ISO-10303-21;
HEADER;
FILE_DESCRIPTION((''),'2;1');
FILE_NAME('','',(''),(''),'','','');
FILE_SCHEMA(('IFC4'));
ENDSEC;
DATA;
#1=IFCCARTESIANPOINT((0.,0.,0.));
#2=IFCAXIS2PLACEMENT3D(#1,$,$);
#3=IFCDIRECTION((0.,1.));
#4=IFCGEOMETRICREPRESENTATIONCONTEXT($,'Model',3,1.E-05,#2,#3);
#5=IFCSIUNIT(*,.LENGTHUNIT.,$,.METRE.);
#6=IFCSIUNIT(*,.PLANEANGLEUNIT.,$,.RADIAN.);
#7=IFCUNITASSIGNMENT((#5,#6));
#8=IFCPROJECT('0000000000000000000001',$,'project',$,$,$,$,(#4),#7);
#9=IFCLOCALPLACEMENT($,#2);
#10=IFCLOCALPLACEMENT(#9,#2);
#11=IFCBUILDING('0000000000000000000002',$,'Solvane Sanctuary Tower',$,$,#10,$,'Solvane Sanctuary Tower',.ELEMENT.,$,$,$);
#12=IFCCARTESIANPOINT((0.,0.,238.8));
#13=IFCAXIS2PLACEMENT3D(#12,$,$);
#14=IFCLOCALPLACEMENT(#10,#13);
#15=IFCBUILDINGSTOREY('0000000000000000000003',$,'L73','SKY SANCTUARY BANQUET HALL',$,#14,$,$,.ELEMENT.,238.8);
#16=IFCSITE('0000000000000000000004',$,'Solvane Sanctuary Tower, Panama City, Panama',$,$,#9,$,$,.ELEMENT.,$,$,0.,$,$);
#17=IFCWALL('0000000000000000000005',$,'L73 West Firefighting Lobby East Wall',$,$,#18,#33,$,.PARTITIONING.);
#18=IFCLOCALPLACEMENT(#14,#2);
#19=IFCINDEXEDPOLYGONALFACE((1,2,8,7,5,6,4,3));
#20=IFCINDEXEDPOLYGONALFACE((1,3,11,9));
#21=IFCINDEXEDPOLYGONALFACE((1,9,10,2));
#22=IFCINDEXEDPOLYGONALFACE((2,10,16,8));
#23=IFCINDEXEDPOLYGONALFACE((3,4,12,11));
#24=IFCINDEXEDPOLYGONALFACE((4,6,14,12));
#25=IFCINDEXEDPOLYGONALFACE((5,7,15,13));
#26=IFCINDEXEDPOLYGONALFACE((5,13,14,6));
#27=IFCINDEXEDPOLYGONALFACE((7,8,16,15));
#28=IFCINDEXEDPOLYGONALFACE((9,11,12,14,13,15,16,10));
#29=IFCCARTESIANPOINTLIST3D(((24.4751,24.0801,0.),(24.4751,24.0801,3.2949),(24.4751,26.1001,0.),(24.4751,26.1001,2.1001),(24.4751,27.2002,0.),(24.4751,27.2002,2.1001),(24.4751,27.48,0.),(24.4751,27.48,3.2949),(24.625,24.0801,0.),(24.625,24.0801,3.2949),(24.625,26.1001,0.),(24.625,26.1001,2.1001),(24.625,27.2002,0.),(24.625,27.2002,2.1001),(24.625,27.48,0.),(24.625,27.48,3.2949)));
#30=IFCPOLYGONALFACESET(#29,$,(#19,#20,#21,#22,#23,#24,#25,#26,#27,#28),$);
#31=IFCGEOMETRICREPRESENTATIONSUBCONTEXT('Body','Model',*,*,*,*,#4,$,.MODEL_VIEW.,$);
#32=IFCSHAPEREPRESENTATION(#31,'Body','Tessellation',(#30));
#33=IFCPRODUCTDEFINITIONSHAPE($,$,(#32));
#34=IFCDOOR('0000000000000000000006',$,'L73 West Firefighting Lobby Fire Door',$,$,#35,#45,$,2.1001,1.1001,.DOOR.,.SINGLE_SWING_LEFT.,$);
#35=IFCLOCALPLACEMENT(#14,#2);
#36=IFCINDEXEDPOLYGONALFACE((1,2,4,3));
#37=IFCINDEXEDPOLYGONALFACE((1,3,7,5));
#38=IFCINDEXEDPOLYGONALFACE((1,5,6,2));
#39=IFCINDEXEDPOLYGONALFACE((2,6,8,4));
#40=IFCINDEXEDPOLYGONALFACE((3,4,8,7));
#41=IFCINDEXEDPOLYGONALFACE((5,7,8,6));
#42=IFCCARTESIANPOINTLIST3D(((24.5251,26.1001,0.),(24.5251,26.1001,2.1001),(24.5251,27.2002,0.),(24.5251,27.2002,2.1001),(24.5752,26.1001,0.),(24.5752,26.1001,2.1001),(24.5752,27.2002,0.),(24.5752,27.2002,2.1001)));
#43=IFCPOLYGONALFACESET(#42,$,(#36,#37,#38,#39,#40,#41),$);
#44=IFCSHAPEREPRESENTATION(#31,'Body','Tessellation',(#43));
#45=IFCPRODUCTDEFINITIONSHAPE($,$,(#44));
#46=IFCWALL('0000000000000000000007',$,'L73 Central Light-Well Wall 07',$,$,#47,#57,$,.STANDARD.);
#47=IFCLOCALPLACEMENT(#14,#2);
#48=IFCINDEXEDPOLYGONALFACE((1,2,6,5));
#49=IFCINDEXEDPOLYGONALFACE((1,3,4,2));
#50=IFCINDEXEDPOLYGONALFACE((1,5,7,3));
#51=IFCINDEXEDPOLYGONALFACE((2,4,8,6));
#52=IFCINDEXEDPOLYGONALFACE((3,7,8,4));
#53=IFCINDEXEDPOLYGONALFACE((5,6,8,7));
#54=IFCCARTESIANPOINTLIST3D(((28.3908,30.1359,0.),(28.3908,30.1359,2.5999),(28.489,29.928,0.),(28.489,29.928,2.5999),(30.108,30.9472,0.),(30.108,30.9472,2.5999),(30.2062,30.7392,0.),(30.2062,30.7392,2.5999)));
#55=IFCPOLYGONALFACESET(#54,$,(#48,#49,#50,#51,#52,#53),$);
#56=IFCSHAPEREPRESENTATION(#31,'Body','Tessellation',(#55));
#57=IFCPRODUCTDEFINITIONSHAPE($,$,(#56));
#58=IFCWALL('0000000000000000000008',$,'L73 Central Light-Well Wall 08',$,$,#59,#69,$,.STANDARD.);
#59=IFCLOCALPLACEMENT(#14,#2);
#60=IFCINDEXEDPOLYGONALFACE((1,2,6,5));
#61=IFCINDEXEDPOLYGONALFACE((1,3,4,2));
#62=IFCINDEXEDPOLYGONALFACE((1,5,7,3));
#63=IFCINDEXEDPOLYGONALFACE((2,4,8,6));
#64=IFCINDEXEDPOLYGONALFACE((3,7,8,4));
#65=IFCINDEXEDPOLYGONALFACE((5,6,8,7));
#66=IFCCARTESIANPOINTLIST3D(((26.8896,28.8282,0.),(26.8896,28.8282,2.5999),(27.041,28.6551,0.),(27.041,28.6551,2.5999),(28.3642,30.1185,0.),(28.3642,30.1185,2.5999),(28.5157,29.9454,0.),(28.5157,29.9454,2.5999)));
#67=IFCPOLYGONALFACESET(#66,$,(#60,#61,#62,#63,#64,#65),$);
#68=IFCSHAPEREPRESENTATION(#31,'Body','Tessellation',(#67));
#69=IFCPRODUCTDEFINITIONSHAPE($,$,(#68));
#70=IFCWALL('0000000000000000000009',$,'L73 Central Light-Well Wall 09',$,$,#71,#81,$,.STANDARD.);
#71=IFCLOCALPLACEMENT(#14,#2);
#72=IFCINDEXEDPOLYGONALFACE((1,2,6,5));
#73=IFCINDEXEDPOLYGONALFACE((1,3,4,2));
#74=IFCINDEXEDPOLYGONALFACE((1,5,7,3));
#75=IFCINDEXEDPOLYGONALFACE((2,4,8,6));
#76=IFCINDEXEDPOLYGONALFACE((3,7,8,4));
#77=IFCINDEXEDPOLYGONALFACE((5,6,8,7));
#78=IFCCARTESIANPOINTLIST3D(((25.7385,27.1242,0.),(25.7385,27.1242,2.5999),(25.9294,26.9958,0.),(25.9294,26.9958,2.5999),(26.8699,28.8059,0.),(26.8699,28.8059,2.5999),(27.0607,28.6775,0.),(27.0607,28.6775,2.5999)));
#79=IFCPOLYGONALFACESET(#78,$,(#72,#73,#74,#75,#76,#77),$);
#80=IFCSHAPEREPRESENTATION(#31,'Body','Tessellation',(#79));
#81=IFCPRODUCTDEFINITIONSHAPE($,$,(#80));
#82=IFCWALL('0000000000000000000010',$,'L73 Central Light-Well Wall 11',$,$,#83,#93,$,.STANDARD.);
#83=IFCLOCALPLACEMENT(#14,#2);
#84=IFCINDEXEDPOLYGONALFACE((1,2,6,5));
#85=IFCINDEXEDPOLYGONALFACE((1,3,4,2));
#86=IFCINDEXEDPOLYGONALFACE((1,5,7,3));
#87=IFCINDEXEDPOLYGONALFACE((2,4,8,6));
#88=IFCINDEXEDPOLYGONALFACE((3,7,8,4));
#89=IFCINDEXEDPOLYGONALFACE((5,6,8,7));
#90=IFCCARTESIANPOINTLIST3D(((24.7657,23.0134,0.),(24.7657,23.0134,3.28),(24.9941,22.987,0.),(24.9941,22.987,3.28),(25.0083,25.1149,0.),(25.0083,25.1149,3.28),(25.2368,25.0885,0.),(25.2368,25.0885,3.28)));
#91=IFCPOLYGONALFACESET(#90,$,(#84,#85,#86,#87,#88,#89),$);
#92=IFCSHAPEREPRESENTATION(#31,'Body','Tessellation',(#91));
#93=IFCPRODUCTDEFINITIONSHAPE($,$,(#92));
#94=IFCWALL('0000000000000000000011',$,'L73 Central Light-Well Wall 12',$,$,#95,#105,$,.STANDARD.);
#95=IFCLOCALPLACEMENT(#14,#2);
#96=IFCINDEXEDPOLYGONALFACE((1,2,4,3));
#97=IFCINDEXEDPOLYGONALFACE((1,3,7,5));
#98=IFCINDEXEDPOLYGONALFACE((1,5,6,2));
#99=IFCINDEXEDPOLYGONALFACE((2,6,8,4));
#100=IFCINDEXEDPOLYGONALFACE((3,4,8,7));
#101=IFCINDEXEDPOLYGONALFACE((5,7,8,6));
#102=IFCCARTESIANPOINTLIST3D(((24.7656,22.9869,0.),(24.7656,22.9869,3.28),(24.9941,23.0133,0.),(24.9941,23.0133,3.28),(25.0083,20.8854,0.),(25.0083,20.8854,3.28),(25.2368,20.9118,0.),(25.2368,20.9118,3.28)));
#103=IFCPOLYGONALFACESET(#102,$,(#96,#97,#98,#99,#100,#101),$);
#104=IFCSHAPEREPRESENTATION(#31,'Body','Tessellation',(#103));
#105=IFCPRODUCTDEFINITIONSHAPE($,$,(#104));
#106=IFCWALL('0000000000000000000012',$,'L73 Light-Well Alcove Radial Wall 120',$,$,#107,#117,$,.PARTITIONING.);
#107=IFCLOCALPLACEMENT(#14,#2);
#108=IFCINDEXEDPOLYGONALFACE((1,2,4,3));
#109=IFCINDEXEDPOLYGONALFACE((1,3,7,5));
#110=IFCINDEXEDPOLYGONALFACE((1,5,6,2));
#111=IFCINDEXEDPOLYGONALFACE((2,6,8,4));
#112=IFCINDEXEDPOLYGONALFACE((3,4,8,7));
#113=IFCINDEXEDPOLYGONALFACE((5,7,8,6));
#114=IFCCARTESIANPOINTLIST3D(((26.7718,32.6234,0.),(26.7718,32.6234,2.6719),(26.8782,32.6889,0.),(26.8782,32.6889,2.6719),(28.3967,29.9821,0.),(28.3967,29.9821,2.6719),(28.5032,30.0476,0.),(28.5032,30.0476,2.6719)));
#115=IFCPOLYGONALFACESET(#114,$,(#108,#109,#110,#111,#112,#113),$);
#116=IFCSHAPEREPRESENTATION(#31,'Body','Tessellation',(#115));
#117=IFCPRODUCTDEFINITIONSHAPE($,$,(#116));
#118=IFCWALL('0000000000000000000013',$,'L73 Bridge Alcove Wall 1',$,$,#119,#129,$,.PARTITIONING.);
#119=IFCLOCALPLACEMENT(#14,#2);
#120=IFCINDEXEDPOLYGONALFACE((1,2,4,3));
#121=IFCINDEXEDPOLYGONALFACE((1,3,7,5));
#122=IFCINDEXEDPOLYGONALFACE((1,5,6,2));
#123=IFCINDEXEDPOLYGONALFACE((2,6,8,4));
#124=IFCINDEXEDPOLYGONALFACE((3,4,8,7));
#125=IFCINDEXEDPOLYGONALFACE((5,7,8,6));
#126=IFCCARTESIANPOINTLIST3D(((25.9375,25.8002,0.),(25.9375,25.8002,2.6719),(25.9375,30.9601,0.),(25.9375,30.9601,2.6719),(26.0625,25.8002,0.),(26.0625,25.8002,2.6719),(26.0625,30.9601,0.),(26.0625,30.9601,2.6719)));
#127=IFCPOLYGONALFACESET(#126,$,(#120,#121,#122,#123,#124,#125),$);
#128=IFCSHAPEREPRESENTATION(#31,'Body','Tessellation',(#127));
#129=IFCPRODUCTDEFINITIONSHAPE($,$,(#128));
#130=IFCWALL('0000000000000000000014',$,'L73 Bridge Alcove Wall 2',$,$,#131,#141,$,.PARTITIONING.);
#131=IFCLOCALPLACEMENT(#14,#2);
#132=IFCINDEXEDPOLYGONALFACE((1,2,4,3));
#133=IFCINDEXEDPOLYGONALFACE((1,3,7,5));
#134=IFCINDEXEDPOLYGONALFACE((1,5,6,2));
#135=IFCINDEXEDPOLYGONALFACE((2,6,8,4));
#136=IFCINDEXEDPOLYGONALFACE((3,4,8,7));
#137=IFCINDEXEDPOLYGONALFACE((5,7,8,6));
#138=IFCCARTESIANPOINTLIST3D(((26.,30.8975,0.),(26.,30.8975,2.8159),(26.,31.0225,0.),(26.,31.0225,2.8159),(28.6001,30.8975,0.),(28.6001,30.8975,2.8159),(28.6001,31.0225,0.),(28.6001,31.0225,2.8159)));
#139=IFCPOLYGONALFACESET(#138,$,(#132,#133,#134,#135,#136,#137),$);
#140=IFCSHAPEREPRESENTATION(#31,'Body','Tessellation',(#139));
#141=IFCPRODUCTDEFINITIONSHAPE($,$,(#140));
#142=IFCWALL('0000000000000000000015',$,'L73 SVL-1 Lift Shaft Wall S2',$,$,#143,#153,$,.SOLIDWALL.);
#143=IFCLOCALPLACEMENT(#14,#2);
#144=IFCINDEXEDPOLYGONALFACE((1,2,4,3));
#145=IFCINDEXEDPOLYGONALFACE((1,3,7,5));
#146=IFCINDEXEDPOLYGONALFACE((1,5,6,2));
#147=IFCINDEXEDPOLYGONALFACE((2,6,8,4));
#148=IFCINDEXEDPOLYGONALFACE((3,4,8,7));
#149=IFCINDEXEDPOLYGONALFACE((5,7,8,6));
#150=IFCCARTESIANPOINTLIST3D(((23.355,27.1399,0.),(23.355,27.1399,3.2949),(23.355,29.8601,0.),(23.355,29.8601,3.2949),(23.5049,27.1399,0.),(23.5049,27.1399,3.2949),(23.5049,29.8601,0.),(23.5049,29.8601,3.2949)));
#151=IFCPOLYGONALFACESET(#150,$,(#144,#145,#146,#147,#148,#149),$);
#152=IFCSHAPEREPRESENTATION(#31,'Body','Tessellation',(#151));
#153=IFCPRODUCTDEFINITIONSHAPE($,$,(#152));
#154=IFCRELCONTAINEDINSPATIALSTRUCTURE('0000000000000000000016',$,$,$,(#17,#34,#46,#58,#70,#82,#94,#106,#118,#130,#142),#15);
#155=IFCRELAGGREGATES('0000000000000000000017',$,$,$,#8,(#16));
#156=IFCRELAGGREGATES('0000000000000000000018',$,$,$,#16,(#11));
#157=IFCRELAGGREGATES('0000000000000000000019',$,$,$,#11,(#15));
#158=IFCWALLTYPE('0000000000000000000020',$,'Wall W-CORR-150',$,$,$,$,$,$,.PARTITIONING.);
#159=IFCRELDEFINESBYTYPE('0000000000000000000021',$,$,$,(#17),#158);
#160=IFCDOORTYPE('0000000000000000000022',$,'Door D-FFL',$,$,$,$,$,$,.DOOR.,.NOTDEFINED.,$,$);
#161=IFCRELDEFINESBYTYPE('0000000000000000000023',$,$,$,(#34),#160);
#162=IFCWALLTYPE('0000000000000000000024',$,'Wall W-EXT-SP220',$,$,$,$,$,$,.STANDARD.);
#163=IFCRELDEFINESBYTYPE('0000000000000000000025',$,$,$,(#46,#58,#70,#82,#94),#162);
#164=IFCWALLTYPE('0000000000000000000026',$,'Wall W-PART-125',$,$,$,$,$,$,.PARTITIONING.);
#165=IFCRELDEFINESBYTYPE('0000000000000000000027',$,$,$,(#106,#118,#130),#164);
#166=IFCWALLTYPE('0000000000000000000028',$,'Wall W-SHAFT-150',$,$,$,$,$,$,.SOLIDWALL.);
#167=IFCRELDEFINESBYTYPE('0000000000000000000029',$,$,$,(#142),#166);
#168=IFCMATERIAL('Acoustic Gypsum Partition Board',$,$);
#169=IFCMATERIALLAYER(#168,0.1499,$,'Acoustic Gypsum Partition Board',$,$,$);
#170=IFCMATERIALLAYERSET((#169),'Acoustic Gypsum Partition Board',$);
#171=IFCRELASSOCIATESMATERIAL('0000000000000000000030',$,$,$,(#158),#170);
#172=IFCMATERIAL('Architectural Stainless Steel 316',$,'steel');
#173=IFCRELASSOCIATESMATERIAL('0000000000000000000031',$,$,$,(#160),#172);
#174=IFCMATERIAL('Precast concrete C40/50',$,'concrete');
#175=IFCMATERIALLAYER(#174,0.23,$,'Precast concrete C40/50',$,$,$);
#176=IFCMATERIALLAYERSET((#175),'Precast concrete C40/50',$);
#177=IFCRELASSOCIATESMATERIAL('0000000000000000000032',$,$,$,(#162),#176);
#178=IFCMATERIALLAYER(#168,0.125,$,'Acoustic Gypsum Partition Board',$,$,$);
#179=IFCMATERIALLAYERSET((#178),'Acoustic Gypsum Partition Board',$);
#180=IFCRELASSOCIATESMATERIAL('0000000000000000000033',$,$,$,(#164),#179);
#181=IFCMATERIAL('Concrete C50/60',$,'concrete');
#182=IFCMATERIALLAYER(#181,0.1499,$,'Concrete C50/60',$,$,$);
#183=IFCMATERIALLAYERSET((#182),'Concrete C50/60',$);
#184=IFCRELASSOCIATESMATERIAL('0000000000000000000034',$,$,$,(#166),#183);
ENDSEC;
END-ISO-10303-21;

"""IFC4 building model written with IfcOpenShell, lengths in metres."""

from ifc_helpers import new_model, si_unit, direction, frame, frame_2d, origin, place, context, subcontext, project, spatial, rectangle, extrude, material, layer, layer_set, type_object, element, fill, save


model = new_model("IFC4")

# Units and contexts
model_context = context("Model", 3, precision=1e-05, world=origin(), true_north=direction((0.0, 1.0)))
body_context = subcontext(model_context, "Body", "Model", "MODEL_VIEW")
ifc_project = project(units=[si_unit("LENGTHUNIT", "METRE"), si_unit("PLANEANGLEUNIT", "RADIAN")], contexts=[model_context])

# Site, building, storey
site_placement = place(None, origin())
site = spatial("IfcSite", under=ifc_project, at=site_placement, Name="Solvane Sanctuary Tower, Panama City, Panama", CompositionType="ELEMENT", RefElevation=0.0)
building_placement = place(site_placement, origin())
building = spatial("IfcBuilding", under=site, at=building_placement, Name="Solvane Sanctuary Tower", LongName="Solvane Sanctuary Tower", CompositionType="ELEMENT")
storey_placement = place(building_placement, frame((0.0, 0.0, 238.8)))
storey = spatial("IfcBuildingStorey", under=building, at=storey_placement, Name="L73", Description="SKY SANCTUARY BANQUET HALL", CompositionType="ELEMENT", Elevation=238.8)

# Wall, opening, door
ifc_material_1 = material(Name="Acoustic Gypsum Partition Board")
ifc_layer_1 = layer(ifc_material_1, 0.1499, Name="Acoustic Gypsum Partition Board")
ifc_layer_set_1 = layer_set([ifc_layer_1], Name="Acoustic Gypsum Partition Board")
wall_type_1 = type_object("IfcWallType", Name="Wall W-CORR-150", PredefinedType="PARTITIONING", material=ifc_layer_set_1)
wall_1_placement = place(storey_placement, frame((24.55, 24.0801, 0.0), z_axis=(0.0, 0.0, 1.0), x_axis=(0.0, 1.0, 0.0)))
wall_1 = element("IfcWall", 1, at=wall_1_placement, inside=storey, type_object=wall_type_1, Name="L73 West Firefighting Lobby East Wall", PredefinedType="PARTITIONING", context=body_context, shape_type="SweptSolid", body=[
    extrude(rectangle(XDim=3.3999, YDim=0.1499, at=frame_2d((1.7, 0.0))), origin(), (0.0, 0.0, 1.0), 3.2949),
])
opening_placement = place(wall_1_placement, frame((2.02, 0.0, 0.0)))
opening = element("IfcOpeningElement", 2, at=opening_placement, cuts=wall_1, PredefinedType="OPENING", context=body_context, shape_type="SweptSolid", body=[
    extrude(rectangle(XDim=1.1001, YDim=2.1001, at=frame_2d((0.55, 1.05))), frame((0.0, 0.085, 0.0), z_axis=(0.0, -1.0, 0.0), x_axis=(1.0, 0.0, 0.0)), (0.0, 0.0, 1.0), 0.1699),
])
ifc_material_2 = material(Name="Architectural Stainless Steel 316", Category="steel")
door_type = type_object("IfcDoorType", Name="Door D-FFL", OperationType="NOTDEFINED", PredefinedType="DOOR", material=ifc_material_2)
door_placement = place(opening_placement, origin())
door = element("IfcDoor", 3, at=door_placement, inside=storey, type_object=door_type, Name="L73 West Firefighting Lobby Fire Door", OperationType="SINGLE_SWING_LEFT", OverallHeight=2.1001, OverallWidth=1.1001, PredefinedType="DOOR", context=body_context, shape_type="SweptSolid", body=[
    extrude(rectangle(XDim=1.1001, YDim=2.1001, at=frame_2d((0.55, 1.05))), frame((0.0, 0.0249, 0.0), z_axis=(0.0, -1.0, 0.0), x_axis=(1.0, 0.0, 0.0)), (0.0, 0.0, 1.0), 0.05),
])
fill(opening, door)

# Walls
ifc_material_3 = material(Name="Precast concrete C40/50", Category="concrete")
ifc_layer_2 = layer(ifc_material_3, 0.23, Name="Precast concrete C40/50")
ifc_layer_set_2 = layer_set([ifc_layer_2], Name="Precast concrete C40/50")
wall_type_2 = type_object("IfcWallType", Name="Wall W-EXT-SP220", PredefinedType="STANDARD", material=ifc_layer_set_2)
wall_2_placement = place(storey_placement, frame((30.1572, 30.8433, 0.0), z_axis=(0.0, 0.0, 1.0), x_axis=(-0.90418, -0.427152, 0.0)))
element("IfcWall", 4, at=wall_2_placement, inside=storey, type_object=wall_type_2, Name="L73 Central Light-Well Wall 07", PredefinedType="STANDARD", context=body_context, shape_type="SweptSolid", body=[
    extrude(rectangle(XDim=1.8992, YDim=0.23, at=frame_2d((0.9497, 0.0))), origin(), (0.0, 0.0, 1.0), 2.5999),
])
wall_3_placement = place(storey_placement, frame((28.4399, 30.032, 0.0), z_axis=(0.0, 0.0, 1.0), x_axis=(-0.752577, -0.658505, 0.0)))
element("IfcWall", 5, at=wall_3_placement, inside=storey, type_object=wall_type_2, Name="L73 Central Light-Well Wall 08", PredefinedType="STANDARD", context=body_context, shape_type="SweptSolid", body=[
    extrude(rectangle(XDim=1.9595, YDim=0.23, at=frame_2d((0.9797, 0.0))), origin(), (0.0, 0.0, 1.0), 2.5999),
])
wall_4_placement = place(storey_placement, frame((26.9653, 28.7417, 0.0), z_axis=(0.0, 0.0, 1.0), x_axis=(-0.558198, -0.829708, 0.0)))
element("IfcWall", 6, at=wall_4_placement, inside=storey, type_object=wall_type_2, Name="L73 Central Light-Well Wall 09", PredefinedType="STANDARD", context=body_context, shape_type="SweptSolid", body=[
    extrude(rectangle(XDim=2.0269, YDim=0.23, at=frame_2d((1.0134, 0.0))), origin(), (0.0, 0.0, 1.0), 2.5999),
])
for number, where, z_axis, x_axis, name in (
    (7, (25.1226, 25.1016, 0.0), (0.0, 0.0, 1.0), (-0.114712, -0.993399, 0.0), "L73 Central Light-Well Wall 11"),
    (8, (24.8799, 23.0, 0.0), (0.0, 0.0, 1.0), (0.114712, -0.993399, 0.0), "L73 Central Light-Well Wall 12"),
):
    element("IfcWall", number, at=place(storey_placement, frame(where, z_axis=z_axis, x_axis=x_axis)), inside=storey, type_object=wall_type_2, Name=name, PredefinedType="STANDARD", context=body_context, shape_type="SweptSolid", body=[
        extrude(rectangle(XDim=2.1155, YDim=0.23, at=frame_2d((1.0576, 0.0))), origin(), (0.0, 0.0, 1.0), 3.28),
    ])
ifc_layer_3 = layer(ifc_material_1, 0.125, Name="Acoustic Gypsum Partition Board")
ifc_layer_set_3 = layer_set([ifc_layer_3], Name="Acoustic Gypsum Partition Board")
wall_type_3 = type_object("IfcWallType", Name="Wall W-PART-125", PredefinedType="PARTITIONING", material=ifc_layer_set_3)
wall_5_placement = place(storey_placement, frame((28.45, 30.0149, 0.0), z_axis=(0.0, 0.0, 1.0), x_axis=(-0.523992, 0.851723, 0.0)))
element("IfcWall", 9, at=wall_5_placement, inside=storey, type_object=wall_type_3, Name="L73 Light-Well Alcove Radial Wall 120", PredefinedType="PARTITIONING", context=body_context, shape_type="SweptSolid", body=[
    extrude(rectangle(XDim=3.1011, YDim=0.125, at=frame_2d((1.5505, 0.0))), origin(), (0.0, 0.0, 1.0), 2.6719),
])
wall_6_placement = place(storey_placement, frame((26.0, 25.8, 0.0), z_axis=(0.0, 0.0, 1.0), x_axis=(0.0, 1.0, 0.0)))
element("IfcWall", 10, at=wall_6_placement, inside=storey, type_object=wall_type_3, Name="L73 Bridge Alcove Wall 1", PredefinedType="PARTITIONING", context=body_context, shape_type="SweptSolid", body=[
    extrude(rectangle(XDim=5.1599, YDim=0.125, at=frame_2d((2.5801, 0.0))), origin(), (0.0, 0.0, 1.0), 2.6719),
])
wall_7_placement = place(storey_placement, frame((26.0, 30.96, 0.0), z_axis=(0.0, 0.0, 1.0), x_axis=(1.0, 0.0, 0.0)))
element("IfcWall", 11, at=wall_7_placement, inside=storey, type_object=wall_type_3, Name="L73 Bridge Alcove Wall 2", PredefinedType="PARTITIONING", context=body_context, shape_type="SweptSolid", body=[
    extrude(rectangle(XDim=2.6001, YDim=0.125, at=frame_2d((1.3, 0.0))), origin(), (0.0, 0.0, 1.0), 2.8159),
])
ifc_material_4 = material(Name="Concrete C50/60", Category="concrete")
ifc_layer_4 = layer(ifc_material_4, 0.1499, Name="Concrete C50/60")
ifc_layer_set_4 = layer_set([ifc_layer_4], Name="Concrete C50/60")
wall_type_4 = type_object("IfcWallType", Name="Wall W-SHAFT-150", PredefinedType="SOLIDWALL", material=ifc_layer_set_4)
wall_8_placement = place(storey_placement, frame((23.4299, 27.1399, 0.0), z_axis=(0.0, 0.0, 1.0), x_axis=(0.0, 1.0, 0.0)))
element("IfcWall", 12, at=wall_8_placement, inside=storey, type_object=wall_type_4, Name="L73 SVL-1 Lift Shaft Wall S2", PredefinedType="SOLIDWALL", context=body_context, shape_type="SweptSolid", body=[
    extrude(rectangle(XDim=2.7202, YDim=0.1499, at=frame_2d((1.3601, 0.0))), origin(), (0.0, 0.0, 1.0), 3.2949),
])

save(model, "model.ifc")
